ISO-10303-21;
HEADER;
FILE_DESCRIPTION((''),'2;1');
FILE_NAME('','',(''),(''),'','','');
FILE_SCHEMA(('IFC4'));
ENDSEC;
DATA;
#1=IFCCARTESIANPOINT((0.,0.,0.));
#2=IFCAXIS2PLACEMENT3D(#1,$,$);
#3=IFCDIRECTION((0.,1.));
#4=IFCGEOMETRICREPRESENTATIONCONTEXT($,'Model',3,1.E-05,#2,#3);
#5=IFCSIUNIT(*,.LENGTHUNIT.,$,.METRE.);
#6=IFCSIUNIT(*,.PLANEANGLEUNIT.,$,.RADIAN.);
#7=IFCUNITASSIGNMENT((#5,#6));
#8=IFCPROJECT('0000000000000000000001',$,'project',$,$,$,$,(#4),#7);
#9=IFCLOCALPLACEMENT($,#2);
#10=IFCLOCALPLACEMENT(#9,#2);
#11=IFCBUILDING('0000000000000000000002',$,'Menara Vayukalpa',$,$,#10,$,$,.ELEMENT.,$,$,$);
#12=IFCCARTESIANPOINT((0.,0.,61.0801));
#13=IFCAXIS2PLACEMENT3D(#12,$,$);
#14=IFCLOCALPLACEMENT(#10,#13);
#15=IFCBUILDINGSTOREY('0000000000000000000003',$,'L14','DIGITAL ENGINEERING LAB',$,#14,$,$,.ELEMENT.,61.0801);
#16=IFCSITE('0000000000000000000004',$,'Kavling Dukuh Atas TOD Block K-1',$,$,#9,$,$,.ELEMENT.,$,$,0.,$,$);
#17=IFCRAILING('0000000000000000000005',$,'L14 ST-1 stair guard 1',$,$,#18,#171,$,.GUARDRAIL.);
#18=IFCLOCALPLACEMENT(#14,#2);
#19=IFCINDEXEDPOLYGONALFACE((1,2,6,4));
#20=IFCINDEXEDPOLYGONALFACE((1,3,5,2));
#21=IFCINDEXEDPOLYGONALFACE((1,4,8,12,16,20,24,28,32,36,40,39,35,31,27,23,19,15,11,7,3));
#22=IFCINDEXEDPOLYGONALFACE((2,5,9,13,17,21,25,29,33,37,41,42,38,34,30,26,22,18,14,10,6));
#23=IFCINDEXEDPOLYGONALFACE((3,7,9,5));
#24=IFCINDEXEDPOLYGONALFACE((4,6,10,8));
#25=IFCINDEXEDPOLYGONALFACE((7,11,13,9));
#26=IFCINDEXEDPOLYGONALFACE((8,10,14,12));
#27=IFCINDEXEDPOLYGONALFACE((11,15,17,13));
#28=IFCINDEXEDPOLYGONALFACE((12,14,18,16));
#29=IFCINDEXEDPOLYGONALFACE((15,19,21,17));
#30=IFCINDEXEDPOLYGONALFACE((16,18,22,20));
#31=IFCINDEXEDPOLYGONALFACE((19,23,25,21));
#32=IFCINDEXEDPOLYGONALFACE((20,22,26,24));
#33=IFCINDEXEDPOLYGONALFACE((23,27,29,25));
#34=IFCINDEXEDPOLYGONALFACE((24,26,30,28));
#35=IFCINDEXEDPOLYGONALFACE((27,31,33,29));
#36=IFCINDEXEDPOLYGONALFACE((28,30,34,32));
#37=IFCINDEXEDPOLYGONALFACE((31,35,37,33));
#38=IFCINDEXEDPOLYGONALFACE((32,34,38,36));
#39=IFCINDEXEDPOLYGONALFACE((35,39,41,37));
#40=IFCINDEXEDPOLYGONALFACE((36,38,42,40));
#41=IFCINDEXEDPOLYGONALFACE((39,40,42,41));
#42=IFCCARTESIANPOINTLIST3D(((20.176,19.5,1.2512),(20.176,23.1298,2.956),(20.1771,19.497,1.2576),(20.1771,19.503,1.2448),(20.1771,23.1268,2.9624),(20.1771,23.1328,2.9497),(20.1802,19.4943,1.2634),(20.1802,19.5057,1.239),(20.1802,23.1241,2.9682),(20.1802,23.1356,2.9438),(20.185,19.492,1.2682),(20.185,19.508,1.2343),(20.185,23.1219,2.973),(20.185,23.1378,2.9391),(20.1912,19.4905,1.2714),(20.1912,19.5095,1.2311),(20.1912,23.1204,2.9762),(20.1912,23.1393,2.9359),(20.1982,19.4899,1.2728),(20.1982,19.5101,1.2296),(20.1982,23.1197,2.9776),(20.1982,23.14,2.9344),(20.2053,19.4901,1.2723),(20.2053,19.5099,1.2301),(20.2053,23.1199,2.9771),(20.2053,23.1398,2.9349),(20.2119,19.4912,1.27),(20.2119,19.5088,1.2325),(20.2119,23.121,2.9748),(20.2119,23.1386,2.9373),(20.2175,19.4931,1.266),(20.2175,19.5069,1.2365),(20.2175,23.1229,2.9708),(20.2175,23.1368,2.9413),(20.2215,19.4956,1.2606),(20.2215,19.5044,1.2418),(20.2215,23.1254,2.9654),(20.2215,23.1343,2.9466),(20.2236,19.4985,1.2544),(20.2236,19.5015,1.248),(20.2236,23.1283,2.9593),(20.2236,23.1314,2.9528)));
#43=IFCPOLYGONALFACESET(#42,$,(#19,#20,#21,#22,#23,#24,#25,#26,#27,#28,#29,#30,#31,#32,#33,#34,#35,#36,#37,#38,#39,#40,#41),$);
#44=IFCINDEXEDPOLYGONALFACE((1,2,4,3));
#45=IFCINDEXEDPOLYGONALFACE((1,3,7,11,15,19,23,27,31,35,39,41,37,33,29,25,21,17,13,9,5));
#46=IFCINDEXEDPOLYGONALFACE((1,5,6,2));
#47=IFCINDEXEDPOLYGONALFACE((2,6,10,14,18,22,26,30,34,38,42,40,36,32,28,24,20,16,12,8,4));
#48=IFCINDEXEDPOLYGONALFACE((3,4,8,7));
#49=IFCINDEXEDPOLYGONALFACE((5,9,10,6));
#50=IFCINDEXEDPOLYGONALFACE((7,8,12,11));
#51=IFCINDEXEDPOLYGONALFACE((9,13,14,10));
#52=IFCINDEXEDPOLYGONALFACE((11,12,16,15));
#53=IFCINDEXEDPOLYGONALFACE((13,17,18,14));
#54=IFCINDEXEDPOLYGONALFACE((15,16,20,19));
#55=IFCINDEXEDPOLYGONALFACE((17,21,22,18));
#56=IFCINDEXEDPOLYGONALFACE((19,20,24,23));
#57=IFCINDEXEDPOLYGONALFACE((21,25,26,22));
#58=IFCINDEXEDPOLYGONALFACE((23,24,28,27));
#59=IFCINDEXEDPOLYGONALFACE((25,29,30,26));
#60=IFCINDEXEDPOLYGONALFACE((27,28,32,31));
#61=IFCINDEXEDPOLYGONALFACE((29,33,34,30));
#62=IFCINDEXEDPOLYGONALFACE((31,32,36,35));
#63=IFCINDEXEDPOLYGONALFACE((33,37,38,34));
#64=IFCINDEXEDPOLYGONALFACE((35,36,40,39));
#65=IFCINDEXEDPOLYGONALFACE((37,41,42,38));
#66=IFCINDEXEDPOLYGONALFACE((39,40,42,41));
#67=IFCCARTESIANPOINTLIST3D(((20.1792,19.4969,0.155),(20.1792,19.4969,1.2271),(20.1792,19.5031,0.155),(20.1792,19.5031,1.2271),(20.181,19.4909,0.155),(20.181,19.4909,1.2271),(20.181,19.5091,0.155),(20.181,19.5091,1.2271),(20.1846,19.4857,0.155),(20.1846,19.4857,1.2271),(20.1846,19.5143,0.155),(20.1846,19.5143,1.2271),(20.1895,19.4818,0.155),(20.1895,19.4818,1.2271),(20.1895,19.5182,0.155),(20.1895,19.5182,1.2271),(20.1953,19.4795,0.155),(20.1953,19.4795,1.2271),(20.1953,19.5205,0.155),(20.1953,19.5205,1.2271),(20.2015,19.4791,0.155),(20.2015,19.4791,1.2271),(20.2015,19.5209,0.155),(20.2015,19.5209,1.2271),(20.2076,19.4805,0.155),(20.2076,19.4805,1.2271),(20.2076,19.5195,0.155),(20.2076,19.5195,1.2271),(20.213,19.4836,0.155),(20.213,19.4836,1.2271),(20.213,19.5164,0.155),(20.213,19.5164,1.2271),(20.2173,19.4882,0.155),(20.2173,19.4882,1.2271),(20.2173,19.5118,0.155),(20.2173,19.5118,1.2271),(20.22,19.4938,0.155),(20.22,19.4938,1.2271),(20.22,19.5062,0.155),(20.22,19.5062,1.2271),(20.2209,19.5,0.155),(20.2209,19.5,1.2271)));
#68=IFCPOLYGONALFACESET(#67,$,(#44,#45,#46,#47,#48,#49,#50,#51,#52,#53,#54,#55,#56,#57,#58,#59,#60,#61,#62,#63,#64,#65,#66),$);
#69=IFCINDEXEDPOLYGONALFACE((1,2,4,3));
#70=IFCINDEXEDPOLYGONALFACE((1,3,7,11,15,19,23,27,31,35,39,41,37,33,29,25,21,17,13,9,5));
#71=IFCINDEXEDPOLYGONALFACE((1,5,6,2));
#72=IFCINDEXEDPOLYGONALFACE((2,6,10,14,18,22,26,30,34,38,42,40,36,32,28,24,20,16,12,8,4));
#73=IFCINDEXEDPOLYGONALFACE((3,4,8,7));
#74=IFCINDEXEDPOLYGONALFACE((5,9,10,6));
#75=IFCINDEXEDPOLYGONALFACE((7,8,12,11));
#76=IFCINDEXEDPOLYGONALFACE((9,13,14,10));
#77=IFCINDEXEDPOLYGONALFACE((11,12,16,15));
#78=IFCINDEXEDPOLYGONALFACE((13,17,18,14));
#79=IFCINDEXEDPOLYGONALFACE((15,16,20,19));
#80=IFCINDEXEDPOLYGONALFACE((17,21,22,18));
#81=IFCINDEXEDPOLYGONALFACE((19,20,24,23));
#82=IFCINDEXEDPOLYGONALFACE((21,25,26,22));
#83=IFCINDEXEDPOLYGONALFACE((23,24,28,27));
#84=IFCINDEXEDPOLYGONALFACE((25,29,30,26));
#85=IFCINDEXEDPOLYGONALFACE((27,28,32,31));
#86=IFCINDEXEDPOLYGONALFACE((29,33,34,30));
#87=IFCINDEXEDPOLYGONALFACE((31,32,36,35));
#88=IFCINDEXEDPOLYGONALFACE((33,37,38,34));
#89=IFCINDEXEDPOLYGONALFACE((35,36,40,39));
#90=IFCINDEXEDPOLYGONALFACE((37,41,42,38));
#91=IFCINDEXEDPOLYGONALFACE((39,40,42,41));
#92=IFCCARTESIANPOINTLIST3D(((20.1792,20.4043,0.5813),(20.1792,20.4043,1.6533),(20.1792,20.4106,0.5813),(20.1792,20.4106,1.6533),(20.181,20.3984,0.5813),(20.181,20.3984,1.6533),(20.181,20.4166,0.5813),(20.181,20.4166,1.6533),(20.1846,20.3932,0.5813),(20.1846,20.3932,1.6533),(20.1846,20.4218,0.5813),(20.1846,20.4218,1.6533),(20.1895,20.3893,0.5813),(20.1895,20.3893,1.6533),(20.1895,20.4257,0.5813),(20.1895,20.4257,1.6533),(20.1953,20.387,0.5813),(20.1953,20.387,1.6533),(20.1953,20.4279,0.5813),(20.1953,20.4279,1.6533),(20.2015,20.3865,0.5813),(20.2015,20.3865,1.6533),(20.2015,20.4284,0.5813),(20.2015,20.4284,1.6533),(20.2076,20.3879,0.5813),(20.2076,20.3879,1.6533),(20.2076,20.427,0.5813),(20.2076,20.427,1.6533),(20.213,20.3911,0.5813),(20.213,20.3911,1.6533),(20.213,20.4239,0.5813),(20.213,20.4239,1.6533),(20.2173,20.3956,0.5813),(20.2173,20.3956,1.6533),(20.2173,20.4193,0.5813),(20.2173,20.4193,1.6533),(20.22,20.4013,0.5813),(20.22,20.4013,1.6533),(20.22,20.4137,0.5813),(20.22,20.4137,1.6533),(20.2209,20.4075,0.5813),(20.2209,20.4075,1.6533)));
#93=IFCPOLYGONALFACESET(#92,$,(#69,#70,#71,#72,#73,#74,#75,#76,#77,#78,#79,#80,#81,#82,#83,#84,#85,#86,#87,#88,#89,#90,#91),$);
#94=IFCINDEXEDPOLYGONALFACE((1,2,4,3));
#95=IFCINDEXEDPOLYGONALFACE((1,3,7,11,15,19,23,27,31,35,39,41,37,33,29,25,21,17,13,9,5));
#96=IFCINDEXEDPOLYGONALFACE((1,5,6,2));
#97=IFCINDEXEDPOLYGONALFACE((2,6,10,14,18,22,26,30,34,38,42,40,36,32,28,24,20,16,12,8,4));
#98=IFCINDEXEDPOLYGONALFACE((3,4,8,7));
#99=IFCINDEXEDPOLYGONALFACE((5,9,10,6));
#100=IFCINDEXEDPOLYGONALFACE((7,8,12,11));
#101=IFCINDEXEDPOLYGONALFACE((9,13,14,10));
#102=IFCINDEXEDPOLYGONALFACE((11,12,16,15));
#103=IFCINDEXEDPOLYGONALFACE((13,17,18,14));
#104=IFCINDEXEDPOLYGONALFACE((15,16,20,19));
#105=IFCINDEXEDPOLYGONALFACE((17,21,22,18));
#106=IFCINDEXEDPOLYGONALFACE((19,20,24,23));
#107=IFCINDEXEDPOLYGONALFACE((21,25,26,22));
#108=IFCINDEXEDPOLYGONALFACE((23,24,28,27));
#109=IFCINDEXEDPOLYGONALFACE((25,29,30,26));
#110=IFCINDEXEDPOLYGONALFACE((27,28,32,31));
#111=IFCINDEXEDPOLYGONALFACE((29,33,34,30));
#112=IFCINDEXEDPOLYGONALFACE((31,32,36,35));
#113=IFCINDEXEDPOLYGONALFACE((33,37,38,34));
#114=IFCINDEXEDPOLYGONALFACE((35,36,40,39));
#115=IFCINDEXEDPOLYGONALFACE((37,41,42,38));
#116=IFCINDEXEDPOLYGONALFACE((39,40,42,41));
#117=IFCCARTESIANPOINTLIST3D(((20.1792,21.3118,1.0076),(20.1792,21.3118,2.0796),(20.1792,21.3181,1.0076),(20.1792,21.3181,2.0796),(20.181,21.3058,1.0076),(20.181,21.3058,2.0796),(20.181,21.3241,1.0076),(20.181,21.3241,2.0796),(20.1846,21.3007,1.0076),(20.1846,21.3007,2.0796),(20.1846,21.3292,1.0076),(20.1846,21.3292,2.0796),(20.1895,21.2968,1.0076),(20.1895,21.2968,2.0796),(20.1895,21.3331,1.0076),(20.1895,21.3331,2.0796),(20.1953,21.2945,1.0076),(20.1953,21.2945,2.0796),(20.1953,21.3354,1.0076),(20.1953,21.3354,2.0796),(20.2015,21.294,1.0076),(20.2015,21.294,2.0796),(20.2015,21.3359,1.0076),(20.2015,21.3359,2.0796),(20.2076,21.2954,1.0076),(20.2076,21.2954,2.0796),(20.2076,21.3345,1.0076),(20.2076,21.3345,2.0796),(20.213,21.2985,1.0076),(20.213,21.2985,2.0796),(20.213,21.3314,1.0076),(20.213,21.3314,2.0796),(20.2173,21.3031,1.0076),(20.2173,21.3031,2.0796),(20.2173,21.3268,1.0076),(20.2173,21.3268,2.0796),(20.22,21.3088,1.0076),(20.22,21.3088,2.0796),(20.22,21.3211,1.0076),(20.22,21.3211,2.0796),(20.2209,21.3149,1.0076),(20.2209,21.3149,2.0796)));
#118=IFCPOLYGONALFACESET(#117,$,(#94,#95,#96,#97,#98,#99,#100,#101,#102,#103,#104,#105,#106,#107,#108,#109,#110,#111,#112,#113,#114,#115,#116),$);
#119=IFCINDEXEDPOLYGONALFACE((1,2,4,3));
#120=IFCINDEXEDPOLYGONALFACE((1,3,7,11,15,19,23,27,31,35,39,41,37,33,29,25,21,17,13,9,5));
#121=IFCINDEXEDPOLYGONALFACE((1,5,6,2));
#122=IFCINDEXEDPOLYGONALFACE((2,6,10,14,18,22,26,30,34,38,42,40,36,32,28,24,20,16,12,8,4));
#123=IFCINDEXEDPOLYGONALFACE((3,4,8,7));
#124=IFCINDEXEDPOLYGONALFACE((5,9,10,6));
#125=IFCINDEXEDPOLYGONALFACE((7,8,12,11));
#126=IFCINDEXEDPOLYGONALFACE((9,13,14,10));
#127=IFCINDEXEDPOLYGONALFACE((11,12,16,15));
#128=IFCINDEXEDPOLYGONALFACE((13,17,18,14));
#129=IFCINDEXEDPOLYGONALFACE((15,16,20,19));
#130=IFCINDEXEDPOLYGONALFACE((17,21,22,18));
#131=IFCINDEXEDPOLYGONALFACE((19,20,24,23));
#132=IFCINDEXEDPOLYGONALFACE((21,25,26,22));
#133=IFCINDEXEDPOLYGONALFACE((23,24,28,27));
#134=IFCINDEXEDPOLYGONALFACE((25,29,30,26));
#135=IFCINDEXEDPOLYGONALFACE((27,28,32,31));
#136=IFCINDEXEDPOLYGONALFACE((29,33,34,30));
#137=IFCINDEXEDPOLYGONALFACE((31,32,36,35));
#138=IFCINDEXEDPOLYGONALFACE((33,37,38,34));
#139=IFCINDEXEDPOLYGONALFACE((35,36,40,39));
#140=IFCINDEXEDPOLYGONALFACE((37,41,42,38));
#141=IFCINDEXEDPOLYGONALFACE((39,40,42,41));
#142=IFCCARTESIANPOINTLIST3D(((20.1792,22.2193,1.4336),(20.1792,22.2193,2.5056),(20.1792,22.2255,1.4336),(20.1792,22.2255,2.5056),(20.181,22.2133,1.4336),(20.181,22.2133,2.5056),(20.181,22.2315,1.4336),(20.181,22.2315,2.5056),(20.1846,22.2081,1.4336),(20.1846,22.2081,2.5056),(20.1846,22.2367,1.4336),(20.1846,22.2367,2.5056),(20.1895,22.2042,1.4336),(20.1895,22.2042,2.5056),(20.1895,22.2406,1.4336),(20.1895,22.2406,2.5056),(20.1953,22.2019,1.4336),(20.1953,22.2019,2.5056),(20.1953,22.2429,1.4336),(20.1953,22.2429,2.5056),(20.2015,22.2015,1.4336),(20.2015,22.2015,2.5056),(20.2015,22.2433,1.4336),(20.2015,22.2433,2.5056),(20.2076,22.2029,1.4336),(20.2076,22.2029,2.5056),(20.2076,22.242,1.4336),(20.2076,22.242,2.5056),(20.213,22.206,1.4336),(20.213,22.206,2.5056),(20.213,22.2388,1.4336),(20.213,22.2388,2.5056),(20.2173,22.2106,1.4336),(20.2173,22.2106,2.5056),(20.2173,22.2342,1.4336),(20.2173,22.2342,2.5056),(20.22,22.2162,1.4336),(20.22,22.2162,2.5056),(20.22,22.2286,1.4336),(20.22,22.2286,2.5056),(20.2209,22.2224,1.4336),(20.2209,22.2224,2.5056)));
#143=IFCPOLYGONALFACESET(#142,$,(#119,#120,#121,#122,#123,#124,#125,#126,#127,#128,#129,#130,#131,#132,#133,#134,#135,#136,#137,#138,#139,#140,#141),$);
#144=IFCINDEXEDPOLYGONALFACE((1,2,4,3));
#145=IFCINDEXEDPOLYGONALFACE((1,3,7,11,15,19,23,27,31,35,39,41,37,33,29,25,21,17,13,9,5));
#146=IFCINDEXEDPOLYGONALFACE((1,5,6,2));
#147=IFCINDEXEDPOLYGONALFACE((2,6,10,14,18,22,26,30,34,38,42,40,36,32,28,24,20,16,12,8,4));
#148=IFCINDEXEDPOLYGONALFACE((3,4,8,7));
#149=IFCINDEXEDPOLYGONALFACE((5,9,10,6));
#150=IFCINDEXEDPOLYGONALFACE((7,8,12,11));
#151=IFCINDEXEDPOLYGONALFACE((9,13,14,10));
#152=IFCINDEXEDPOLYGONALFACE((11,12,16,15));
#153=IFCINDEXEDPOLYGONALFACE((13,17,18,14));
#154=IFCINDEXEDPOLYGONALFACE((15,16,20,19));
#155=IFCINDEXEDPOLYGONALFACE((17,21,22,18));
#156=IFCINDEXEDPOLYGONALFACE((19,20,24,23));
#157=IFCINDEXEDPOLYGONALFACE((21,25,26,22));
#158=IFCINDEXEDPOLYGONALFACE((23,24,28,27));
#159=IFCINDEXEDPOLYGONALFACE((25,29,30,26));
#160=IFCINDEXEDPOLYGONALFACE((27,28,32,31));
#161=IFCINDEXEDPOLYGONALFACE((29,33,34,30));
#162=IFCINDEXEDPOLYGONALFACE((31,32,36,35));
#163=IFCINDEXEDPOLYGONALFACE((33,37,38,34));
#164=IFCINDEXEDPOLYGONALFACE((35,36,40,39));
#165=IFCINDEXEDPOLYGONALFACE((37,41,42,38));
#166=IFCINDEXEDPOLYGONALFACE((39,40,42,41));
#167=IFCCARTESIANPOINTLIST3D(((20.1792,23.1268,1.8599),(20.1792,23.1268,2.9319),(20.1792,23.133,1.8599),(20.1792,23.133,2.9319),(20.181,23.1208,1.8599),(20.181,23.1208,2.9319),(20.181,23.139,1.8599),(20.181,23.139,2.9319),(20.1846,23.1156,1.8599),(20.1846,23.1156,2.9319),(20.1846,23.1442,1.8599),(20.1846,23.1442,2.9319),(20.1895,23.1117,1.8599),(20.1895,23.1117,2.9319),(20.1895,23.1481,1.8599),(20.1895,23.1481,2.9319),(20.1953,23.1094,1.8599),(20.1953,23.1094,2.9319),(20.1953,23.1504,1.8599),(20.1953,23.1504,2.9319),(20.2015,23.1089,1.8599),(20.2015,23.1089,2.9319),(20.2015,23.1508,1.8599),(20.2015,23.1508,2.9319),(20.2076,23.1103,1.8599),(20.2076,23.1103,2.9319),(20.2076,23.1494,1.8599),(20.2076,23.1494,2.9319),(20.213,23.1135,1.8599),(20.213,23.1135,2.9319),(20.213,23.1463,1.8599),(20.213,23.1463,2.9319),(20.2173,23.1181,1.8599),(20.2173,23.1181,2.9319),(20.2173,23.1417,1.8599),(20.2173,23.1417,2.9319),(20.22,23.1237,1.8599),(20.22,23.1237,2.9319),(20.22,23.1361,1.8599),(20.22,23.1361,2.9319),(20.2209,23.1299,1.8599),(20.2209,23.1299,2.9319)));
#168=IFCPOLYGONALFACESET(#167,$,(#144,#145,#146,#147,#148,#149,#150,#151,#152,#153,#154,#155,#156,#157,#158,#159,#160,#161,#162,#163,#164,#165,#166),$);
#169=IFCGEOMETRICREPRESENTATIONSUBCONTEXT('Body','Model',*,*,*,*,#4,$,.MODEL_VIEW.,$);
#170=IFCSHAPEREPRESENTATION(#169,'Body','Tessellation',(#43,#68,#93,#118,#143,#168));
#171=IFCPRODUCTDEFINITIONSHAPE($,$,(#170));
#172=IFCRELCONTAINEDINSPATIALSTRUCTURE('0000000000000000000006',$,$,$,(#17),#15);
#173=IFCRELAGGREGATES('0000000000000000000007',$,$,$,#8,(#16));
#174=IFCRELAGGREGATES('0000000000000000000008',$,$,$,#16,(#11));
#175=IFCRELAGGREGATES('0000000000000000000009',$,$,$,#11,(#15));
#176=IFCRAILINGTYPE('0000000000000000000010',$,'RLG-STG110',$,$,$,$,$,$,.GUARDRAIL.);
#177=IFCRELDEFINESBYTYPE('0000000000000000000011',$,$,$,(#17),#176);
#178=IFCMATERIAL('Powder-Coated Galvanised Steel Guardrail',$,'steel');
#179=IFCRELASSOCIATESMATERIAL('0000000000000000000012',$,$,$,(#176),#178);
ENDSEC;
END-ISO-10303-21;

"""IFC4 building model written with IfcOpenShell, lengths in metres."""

from ifc_helpers import new_model, si_unit, direction, frame, origin, origin_2d, place, context, subcontext, project, spatial, circle, extrude, material, type_object, element, save


model = new_model("IFC4")

# Units and contexts
model_context = context("Model", 3, precision=1e-05, world=origin(), true_north=direction((0.0, 1.0)))
body_context = subcontext(model_context, "Body", "Model", "MODEL_VIEW")
ifc_project = project(units=[si_unit("LENGTHUNIT", "METRE"), si_unit("PLANEANGLEUNIT", "RADIAN")], contexts=[model_context])

# Site, building, storey
site_placement = place(None, origin())
site = spatial("IfcSite", under=ifc_project, at=site_placement, Name="Kavling Dukuh Atas TOD Block K-1", CompositionType="ELEMENT", RefElevation=0.0)
building_placement = place(site_placement, origin())
building = spatial("IfcBuilding", under=site, at=building_placement, Name="Menara Vayukalpa", CompositionType="ELEMENT")
storey_placement = place(building_placement, frame((0.0, 0.0, 61.0801)))
storey = spatial("IfcBuildingStorey", under=building, at=storey_placement, Name="L14", Description="DIGITAL ENGINEERING LAB", CompositionType="ELEMENT", Elevation=61.0801)

# Railing
ifc_material_1 = material(Name="Powder-Coated Galvanised Steel Guardrail", Category="steel")
railing_type_1 = type_object("IfcRailingType", Name="RLG-STG110", PredefinedType="GUARDRAIL", material=ifc_material_1)
railing_1_placement = place(storey_placement, frame((20.2, 19.5, 0.155)))
element("IfcRailing", 1, at=railing_1_placement, inside=storey, type_object=railing_type_1, Name="L14 ST-1 stair guard 1", PredefinedType="GUARDRAIL", context=body_context, shape_type="SweptSolid", body=[
    extrude(circle(Radius=0.0239, at=origin_2d()), frame((0.0, 0.0, 1.0962), z_axis=(0.0, 0.90514, 0.425114), x_axis=(-1.0, 0.0, 0.0)), (0.0, 0.0, 1.0), 4.0103),
    extrude(circle(Radius=0.021, at=origin_2d()), origin(), (0.0, 0.0, 1.0), 1.072),
    extrude(circle(Radius=0.021, at=origin_2d()), frame((0.0, 0.9075, 0.4263)), (0.0, 0.0, 1.0), 1.072),
    extrude(circle(Radius=0.021, at=origin_2d()), frame((0.0, 1.8149, 0.8525)), (0.0, 0.0, 1.0), 1.072),
    extrude(circle(Radius=0.021, at=origin_2d()), frame((0.0, 2.7224, 1.2786)), (0.0, 0.0, 1.0), 1.072),
    extrude(circle(Radius=0.021, at=origin_2d()), frame((0.0, 3.6299, 1.7048)), (0.0, 0.0, 1.0), 1.072),
])

save(model, "model.ifc")
